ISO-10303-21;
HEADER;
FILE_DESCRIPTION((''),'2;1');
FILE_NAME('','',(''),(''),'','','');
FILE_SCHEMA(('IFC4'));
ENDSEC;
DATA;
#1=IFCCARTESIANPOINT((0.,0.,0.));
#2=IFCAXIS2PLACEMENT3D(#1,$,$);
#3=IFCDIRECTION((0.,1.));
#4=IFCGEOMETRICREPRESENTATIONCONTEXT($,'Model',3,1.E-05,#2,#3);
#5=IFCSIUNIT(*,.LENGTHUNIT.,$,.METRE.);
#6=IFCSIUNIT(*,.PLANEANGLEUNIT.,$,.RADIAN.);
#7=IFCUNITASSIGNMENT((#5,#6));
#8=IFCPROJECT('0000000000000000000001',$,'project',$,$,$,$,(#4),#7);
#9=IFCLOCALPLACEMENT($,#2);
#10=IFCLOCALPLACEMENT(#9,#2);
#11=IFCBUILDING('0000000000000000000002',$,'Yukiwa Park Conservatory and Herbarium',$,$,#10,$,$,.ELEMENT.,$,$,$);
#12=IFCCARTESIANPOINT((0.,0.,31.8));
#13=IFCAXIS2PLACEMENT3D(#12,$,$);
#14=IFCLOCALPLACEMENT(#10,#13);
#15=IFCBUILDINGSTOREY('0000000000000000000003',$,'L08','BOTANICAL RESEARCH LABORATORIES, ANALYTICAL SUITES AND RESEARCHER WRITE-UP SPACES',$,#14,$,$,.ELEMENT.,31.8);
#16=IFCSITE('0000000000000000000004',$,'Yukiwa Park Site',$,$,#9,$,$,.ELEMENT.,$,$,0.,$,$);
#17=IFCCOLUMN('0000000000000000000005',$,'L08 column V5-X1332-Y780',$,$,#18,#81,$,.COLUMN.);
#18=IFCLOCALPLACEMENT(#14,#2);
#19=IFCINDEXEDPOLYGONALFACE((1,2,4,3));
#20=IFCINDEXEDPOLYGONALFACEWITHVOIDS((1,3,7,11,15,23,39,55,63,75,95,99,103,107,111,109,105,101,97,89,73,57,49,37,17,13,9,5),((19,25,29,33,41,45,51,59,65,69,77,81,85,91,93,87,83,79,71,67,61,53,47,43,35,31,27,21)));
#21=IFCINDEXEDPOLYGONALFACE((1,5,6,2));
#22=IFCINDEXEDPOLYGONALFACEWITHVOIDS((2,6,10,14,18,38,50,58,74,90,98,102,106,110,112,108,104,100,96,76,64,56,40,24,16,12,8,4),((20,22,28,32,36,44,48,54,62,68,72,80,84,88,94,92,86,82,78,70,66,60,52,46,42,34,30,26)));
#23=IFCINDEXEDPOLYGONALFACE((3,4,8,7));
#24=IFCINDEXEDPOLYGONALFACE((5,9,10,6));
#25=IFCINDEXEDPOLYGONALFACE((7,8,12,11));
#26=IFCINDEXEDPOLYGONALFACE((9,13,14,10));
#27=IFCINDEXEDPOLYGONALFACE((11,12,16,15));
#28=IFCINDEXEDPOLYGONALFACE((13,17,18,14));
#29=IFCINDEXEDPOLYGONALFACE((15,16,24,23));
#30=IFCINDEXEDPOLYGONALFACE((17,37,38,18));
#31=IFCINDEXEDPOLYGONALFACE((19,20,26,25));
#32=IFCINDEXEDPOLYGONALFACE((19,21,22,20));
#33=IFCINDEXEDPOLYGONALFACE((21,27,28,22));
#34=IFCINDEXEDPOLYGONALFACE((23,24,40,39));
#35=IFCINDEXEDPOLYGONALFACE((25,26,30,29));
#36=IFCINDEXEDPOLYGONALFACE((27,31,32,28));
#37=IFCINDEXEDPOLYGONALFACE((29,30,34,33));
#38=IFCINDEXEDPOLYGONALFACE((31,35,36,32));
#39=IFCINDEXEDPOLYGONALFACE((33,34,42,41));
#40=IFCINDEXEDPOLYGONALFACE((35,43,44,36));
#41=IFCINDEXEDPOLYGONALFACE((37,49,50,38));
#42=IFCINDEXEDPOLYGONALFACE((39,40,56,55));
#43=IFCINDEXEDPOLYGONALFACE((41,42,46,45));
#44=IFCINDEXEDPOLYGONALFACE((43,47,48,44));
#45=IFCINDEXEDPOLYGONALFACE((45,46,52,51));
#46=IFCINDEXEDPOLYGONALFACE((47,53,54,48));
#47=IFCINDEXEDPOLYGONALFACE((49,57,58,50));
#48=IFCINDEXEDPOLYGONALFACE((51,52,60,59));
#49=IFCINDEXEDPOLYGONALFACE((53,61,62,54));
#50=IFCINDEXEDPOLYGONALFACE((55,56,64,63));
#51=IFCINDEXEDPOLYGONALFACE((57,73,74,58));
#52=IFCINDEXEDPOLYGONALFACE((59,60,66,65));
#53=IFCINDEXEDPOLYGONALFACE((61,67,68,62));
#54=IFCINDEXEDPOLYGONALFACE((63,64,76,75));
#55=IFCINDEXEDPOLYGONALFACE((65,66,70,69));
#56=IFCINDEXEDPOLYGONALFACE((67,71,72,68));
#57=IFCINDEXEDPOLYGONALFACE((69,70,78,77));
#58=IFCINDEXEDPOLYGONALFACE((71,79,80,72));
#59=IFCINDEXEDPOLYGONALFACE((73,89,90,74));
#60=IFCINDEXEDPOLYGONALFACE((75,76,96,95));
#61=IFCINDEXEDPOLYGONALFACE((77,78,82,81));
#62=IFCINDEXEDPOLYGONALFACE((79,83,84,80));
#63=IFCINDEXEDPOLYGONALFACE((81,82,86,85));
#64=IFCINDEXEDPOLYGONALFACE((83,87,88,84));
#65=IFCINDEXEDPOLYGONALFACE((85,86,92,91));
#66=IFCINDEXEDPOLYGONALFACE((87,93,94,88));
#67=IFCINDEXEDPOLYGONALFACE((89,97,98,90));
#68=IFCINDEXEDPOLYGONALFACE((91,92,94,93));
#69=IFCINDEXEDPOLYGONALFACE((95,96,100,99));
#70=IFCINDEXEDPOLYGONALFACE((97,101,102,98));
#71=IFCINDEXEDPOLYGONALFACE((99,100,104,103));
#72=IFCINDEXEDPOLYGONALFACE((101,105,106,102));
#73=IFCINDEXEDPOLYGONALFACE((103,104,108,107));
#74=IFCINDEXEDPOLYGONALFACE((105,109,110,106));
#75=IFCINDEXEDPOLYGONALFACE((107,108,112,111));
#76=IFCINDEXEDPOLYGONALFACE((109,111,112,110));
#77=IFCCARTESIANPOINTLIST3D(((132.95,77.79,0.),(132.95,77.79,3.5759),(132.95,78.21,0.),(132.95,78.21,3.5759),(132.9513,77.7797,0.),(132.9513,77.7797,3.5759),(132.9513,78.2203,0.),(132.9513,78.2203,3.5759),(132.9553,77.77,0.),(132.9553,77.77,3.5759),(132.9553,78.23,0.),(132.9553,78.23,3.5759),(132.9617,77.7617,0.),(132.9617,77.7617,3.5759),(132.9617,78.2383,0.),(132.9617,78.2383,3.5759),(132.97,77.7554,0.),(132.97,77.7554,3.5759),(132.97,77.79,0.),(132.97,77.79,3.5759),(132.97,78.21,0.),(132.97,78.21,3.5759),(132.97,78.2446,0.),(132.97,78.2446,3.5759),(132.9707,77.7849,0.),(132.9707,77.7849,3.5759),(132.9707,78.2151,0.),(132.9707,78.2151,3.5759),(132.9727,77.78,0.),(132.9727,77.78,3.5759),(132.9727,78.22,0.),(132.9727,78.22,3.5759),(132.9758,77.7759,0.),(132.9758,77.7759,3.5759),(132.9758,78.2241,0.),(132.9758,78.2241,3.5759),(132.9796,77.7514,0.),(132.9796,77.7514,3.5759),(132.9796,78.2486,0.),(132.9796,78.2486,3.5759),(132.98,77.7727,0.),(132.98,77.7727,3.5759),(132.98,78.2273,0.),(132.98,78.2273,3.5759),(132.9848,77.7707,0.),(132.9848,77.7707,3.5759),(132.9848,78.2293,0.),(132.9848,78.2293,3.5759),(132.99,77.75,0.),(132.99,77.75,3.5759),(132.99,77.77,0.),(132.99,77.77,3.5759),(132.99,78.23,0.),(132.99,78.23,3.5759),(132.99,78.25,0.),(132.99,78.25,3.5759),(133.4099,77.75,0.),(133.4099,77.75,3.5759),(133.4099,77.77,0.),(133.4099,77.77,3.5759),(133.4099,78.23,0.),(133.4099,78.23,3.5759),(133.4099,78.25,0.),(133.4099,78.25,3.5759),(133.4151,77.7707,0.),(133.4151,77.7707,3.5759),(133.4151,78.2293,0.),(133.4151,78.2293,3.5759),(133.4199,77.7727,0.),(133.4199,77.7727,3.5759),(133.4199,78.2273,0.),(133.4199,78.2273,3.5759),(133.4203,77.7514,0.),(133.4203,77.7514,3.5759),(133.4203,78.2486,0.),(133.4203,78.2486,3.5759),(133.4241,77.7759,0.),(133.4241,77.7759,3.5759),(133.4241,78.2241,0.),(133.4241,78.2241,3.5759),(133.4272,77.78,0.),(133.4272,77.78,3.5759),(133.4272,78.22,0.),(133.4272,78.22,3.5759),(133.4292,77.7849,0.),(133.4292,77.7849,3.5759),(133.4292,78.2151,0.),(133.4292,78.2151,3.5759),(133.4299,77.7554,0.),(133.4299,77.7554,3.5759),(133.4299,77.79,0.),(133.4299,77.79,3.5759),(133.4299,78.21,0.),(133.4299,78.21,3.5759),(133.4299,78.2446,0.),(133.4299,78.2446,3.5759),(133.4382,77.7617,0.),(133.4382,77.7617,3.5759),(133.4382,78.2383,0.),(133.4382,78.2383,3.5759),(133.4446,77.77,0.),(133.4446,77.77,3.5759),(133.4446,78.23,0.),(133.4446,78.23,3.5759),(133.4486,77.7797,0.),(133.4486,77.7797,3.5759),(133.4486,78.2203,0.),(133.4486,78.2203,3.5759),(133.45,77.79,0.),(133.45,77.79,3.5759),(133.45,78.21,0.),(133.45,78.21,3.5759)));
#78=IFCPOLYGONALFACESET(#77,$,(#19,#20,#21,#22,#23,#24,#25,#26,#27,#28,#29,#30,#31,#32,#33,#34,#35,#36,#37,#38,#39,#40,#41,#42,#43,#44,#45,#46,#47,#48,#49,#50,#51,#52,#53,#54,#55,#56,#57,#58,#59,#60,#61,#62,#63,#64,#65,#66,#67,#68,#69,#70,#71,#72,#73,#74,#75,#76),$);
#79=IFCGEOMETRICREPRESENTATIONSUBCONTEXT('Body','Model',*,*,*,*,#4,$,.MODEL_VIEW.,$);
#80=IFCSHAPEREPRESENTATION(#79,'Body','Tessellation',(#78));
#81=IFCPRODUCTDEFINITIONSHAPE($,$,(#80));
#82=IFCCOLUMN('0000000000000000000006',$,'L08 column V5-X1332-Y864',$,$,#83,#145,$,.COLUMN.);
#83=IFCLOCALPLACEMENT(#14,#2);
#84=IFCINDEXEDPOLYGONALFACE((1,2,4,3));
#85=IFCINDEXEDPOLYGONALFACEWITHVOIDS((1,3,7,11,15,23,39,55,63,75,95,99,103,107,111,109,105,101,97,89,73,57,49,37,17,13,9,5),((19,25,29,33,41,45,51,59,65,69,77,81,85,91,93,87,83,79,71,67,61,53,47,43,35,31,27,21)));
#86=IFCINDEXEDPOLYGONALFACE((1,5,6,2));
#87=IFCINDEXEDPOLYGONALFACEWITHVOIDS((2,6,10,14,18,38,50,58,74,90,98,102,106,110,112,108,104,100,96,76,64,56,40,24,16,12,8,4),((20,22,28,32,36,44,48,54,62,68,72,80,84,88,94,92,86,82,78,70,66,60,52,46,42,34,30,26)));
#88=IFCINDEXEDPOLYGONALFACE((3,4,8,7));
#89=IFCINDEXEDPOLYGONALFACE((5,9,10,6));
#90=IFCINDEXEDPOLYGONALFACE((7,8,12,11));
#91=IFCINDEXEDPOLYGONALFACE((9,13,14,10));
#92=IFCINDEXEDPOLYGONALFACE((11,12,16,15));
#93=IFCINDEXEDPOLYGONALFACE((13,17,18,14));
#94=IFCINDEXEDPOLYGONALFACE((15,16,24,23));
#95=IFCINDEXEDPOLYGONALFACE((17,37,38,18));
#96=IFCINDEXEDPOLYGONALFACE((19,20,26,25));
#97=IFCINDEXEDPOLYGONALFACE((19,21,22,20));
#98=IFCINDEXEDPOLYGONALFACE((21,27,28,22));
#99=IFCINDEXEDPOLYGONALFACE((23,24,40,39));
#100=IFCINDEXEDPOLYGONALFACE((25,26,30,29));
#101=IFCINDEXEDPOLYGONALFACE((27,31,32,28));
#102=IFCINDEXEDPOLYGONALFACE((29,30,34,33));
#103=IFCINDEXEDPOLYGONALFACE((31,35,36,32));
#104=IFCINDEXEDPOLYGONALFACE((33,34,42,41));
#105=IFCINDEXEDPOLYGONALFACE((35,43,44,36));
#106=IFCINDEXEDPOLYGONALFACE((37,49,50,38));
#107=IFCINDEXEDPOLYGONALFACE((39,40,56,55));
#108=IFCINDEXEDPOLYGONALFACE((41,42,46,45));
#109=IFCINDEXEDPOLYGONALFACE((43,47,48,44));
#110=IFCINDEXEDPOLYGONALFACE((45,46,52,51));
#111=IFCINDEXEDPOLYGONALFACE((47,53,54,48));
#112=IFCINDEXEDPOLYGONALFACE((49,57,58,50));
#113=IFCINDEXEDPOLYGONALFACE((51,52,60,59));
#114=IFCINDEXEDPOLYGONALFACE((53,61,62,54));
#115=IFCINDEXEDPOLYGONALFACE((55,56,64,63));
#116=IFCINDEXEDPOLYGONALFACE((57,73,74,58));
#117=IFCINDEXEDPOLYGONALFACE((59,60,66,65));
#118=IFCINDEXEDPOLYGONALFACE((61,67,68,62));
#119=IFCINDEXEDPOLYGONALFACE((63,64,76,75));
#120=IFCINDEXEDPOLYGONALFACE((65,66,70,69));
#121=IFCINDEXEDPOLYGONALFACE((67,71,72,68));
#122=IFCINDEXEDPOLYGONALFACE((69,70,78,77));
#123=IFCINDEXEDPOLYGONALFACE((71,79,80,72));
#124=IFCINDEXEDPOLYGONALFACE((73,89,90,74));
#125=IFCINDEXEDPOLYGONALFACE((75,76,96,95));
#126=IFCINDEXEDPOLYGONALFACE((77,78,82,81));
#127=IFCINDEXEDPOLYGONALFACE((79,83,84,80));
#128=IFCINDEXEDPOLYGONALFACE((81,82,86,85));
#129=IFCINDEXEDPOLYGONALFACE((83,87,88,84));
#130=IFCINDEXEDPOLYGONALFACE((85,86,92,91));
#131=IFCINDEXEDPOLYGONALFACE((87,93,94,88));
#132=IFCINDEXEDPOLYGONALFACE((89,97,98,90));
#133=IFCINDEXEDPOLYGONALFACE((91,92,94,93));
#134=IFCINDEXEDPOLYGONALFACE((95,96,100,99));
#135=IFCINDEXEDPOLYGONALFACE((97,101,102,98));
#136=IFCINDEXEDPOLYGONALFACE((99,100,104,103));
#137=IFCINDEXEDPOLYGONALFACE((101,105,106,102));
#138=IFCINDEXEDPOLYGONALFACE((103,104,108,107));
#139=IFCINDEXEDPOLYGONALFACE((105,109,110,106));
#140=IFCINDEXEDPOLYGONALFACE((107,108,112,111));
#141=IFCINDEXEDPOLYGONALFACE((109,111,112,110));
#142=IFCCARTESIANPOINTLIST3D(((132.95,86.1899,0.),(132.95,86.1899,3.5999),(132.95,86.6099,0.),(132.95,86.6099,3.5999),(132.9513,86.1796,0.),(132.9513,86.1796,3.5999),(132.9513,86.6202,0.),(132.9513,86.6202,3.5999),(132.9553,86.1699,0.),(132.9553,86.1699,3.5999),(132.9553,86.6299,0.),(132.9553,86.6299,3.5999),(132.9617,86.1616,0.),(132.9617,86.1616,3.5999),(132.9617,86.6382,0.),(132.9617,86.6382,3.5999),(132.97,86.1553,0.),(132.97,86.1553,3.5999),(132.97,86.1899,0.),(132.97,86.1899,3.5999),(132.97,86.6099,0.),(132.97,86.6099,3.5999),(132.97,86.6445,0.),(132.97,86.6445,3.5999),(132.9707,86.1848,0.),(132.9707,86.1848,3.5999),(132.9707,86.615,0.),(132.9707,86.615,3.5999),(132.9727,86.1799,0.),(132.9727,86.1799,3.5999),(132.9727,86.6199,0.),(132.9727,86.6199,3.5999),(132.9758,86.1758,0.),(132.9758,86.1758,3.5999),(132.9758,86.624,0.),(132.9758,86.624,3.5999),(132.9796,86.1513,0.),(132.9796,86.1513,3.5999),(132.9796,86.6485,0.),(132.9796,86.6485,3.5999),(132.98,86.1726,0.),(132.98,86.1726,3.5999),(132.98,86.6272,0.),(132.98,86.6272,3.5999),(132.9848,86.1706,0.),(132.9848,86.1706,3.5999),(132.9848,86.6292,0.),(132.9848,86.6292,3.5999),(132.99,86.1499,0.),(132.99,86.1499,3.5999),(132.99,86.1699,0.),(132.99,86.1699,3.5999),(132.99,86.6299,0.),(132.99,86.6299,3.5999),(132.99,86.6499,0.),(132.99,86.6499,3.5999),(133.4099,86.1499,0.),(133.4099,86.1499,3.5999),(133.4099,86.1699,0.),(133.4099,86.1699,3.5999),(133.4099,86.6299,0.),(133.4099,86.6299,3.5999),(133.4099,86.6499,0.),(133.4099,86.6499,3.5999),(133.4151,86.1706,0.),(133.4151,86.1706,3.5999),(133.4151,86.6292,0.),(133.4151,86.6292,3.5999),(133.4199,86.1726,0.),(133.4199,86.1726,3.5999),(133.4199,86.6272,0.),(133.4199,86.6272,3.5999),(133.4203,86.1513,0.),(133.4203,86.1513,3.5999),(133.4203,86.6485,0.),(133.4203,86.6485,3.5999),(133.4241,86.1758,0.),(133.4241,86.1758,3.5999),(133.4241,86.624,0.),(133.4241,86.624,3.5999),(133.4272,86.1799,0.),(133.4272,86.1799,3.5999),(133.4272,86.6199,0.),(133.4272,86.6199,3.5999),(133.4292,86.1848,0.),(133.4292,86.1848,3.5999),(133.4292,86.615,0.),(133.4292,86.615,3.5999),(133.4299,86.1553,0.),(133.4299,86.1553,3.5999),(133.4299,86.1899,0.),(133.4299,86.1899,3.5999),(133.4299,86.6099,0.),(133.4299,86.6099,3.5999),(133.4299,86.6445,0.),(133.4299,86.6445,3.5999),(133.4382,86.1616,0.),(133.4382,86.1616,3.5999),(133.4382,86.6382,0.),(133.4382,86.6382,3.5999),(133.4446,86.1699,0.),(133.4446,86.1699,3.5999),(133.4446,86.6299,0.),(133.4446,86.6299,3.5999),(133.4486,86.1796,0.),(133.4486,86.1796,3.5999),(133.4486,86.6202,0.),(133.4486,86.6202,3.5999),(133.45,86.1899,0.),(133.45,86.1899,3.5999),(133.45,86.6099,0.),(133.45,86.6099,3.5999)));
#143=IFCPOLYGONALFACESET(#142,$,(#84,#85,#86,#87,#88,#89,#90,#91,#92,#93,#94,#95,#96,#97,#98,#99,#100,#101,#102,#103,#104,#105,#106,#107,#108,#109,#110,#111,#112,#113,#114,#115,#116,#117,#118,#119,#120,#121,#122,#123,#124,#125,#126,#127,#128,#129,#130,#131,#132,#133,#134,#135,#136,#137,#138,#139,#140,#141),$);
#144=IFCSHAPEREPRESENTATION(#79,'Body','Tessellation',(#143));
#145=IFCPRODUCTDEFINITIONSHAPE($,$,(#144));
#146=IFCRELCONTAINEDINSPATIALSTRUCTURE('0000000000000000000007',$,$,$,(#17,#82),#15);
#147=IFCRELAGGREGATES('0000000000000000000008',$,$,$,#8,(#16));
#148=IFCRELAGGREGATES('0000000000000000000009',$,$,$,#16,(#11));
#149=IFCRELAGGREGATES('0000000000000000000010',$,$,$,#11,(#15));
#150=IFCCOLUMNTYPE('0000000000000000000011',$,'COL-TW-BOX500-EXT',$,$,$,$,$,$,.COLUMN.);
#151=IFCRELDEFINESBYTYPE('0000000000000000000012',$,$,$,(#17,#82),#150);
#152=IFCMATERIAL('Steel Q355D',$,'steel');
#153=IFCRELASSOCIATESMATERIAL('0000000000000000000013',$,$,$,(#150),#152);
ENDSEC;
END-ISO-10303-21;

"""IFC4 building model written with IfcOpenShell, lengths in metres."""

from ifc_helpers import new_model, si_unit, direction, frame, origin, origin_2d, place, context, subcontext, project, spatial, hollow_rectangle, extrude, material, material_profile, profile_set, type_object, element, save


model = new_model("IFC4")

# Units and contexts
model_context = context("Model", 3, precision=1e-05, world=origin(), true_north=direction((0.0, 1.0)))
body_context = subcontext(model_context, "Body", "Model", "MODEL_VIEW")
ifc_project = project(units=[si_unit("LENGTHUNIT", "METRE"), si_unit("PLANEANGLEUNIT", "RADIAN")], contexts=[model_context])

# Site, building, storey
site_placement = place(None, origin())
site = spatial("IfcSite", under=ifc_project, at=site_placement, Name="Yukiwa Park Site", CompositionType="ELEMENT", RefElevation=0.0)
building_placement = place(site_placement, origin())
building = spatial("IfcBuilding", under=site, at=building_placement, Name="Yukiwa Park Conservatory and Herbarium", CompositionType="ELEMENT")
storey_placement = place(building_placement, frame((0.0, 0.0, 31.8)))
storey = spatial("IfcBuildingStorey", under=building, at=storey_placement, Name="L08", Description="BOTANICAL RESEARCH LABORATORIES, ANALYTICAL SUITES AND RESEARCHER WRITE-UP SPACES", CompositionType="ELEMENT", Elevation=31.8)

# Columns
ifc_material_1 = material(Name="Steel Q355D", Category="steel")
ifc_material_profile_1 = material_profile(ifc_material_1, hollow_rectangle(XDim=0.5, YDim=0.5, WallThickness=0.02, InnerFilletRadius=0.02, OuterFilletRadius=0.04, at=origin_2d()), Name="BOX 500x500x20")
ifc_profile_set_1 = profile_set([ifc_material_profile_1], Name="Steel Q355D")
column_type_1 = type_object("IfcColumnType", Name="COL-TW-BOX500-EXT", PredefinedType="COLUMN", material=ifc_profile_set_1)
column_placement = place(storey_placement, frame((133.2, 78.0, 0.0), z_axis=(0.0, 0.0, 1.0), x_axis=(1.0, 0.0, 0.0)))
element("IfcColumn", 1, at=column_placement, inside=storey, type_object=column_type_1, Name="L08 column V5-X1332-Y780", PredefinedType="COLUMN", context=body_context, shape_type="SweptSolid", body=[
    extrude(hollow_rectangle(XDim=0.5, YDim=0.5, WallThickness=0.02, InnerFilletRadius=0.02, OuterFilletRadius=0.04, at=origin_2d()), origin(), (0.0, 0.0, 1.0), 3.5759),
])
for number, where, z_axis, x_axis, name in (
    (2, (133.2, 86.3999, 0.0), (0.0, 0.0, 1.0), (1.0, 0.0, 0.0), "L08 column V5-X1332-Y864"),
):
    element("IfcColumn", number, at=place(storey_placement, frame(where, z_axis=z_axis, x_axis=x_axis)), inside=storey, type_object=column_type_1, Name=name, PredefinedType="COLUMN", context=body_context, shape_type="SweptSolid", body=[
        extrude(hollow_rectangle(XDim=0.5, YDim=0.5, WallThickness=0.02, InnerFilletRadius=0.02, OuterFilletRadius=0.04, at=origin_2d()), origin(), (0.0, 0.0, 1.0), 3.5999),
    ])

save(model, "model.ifc")
